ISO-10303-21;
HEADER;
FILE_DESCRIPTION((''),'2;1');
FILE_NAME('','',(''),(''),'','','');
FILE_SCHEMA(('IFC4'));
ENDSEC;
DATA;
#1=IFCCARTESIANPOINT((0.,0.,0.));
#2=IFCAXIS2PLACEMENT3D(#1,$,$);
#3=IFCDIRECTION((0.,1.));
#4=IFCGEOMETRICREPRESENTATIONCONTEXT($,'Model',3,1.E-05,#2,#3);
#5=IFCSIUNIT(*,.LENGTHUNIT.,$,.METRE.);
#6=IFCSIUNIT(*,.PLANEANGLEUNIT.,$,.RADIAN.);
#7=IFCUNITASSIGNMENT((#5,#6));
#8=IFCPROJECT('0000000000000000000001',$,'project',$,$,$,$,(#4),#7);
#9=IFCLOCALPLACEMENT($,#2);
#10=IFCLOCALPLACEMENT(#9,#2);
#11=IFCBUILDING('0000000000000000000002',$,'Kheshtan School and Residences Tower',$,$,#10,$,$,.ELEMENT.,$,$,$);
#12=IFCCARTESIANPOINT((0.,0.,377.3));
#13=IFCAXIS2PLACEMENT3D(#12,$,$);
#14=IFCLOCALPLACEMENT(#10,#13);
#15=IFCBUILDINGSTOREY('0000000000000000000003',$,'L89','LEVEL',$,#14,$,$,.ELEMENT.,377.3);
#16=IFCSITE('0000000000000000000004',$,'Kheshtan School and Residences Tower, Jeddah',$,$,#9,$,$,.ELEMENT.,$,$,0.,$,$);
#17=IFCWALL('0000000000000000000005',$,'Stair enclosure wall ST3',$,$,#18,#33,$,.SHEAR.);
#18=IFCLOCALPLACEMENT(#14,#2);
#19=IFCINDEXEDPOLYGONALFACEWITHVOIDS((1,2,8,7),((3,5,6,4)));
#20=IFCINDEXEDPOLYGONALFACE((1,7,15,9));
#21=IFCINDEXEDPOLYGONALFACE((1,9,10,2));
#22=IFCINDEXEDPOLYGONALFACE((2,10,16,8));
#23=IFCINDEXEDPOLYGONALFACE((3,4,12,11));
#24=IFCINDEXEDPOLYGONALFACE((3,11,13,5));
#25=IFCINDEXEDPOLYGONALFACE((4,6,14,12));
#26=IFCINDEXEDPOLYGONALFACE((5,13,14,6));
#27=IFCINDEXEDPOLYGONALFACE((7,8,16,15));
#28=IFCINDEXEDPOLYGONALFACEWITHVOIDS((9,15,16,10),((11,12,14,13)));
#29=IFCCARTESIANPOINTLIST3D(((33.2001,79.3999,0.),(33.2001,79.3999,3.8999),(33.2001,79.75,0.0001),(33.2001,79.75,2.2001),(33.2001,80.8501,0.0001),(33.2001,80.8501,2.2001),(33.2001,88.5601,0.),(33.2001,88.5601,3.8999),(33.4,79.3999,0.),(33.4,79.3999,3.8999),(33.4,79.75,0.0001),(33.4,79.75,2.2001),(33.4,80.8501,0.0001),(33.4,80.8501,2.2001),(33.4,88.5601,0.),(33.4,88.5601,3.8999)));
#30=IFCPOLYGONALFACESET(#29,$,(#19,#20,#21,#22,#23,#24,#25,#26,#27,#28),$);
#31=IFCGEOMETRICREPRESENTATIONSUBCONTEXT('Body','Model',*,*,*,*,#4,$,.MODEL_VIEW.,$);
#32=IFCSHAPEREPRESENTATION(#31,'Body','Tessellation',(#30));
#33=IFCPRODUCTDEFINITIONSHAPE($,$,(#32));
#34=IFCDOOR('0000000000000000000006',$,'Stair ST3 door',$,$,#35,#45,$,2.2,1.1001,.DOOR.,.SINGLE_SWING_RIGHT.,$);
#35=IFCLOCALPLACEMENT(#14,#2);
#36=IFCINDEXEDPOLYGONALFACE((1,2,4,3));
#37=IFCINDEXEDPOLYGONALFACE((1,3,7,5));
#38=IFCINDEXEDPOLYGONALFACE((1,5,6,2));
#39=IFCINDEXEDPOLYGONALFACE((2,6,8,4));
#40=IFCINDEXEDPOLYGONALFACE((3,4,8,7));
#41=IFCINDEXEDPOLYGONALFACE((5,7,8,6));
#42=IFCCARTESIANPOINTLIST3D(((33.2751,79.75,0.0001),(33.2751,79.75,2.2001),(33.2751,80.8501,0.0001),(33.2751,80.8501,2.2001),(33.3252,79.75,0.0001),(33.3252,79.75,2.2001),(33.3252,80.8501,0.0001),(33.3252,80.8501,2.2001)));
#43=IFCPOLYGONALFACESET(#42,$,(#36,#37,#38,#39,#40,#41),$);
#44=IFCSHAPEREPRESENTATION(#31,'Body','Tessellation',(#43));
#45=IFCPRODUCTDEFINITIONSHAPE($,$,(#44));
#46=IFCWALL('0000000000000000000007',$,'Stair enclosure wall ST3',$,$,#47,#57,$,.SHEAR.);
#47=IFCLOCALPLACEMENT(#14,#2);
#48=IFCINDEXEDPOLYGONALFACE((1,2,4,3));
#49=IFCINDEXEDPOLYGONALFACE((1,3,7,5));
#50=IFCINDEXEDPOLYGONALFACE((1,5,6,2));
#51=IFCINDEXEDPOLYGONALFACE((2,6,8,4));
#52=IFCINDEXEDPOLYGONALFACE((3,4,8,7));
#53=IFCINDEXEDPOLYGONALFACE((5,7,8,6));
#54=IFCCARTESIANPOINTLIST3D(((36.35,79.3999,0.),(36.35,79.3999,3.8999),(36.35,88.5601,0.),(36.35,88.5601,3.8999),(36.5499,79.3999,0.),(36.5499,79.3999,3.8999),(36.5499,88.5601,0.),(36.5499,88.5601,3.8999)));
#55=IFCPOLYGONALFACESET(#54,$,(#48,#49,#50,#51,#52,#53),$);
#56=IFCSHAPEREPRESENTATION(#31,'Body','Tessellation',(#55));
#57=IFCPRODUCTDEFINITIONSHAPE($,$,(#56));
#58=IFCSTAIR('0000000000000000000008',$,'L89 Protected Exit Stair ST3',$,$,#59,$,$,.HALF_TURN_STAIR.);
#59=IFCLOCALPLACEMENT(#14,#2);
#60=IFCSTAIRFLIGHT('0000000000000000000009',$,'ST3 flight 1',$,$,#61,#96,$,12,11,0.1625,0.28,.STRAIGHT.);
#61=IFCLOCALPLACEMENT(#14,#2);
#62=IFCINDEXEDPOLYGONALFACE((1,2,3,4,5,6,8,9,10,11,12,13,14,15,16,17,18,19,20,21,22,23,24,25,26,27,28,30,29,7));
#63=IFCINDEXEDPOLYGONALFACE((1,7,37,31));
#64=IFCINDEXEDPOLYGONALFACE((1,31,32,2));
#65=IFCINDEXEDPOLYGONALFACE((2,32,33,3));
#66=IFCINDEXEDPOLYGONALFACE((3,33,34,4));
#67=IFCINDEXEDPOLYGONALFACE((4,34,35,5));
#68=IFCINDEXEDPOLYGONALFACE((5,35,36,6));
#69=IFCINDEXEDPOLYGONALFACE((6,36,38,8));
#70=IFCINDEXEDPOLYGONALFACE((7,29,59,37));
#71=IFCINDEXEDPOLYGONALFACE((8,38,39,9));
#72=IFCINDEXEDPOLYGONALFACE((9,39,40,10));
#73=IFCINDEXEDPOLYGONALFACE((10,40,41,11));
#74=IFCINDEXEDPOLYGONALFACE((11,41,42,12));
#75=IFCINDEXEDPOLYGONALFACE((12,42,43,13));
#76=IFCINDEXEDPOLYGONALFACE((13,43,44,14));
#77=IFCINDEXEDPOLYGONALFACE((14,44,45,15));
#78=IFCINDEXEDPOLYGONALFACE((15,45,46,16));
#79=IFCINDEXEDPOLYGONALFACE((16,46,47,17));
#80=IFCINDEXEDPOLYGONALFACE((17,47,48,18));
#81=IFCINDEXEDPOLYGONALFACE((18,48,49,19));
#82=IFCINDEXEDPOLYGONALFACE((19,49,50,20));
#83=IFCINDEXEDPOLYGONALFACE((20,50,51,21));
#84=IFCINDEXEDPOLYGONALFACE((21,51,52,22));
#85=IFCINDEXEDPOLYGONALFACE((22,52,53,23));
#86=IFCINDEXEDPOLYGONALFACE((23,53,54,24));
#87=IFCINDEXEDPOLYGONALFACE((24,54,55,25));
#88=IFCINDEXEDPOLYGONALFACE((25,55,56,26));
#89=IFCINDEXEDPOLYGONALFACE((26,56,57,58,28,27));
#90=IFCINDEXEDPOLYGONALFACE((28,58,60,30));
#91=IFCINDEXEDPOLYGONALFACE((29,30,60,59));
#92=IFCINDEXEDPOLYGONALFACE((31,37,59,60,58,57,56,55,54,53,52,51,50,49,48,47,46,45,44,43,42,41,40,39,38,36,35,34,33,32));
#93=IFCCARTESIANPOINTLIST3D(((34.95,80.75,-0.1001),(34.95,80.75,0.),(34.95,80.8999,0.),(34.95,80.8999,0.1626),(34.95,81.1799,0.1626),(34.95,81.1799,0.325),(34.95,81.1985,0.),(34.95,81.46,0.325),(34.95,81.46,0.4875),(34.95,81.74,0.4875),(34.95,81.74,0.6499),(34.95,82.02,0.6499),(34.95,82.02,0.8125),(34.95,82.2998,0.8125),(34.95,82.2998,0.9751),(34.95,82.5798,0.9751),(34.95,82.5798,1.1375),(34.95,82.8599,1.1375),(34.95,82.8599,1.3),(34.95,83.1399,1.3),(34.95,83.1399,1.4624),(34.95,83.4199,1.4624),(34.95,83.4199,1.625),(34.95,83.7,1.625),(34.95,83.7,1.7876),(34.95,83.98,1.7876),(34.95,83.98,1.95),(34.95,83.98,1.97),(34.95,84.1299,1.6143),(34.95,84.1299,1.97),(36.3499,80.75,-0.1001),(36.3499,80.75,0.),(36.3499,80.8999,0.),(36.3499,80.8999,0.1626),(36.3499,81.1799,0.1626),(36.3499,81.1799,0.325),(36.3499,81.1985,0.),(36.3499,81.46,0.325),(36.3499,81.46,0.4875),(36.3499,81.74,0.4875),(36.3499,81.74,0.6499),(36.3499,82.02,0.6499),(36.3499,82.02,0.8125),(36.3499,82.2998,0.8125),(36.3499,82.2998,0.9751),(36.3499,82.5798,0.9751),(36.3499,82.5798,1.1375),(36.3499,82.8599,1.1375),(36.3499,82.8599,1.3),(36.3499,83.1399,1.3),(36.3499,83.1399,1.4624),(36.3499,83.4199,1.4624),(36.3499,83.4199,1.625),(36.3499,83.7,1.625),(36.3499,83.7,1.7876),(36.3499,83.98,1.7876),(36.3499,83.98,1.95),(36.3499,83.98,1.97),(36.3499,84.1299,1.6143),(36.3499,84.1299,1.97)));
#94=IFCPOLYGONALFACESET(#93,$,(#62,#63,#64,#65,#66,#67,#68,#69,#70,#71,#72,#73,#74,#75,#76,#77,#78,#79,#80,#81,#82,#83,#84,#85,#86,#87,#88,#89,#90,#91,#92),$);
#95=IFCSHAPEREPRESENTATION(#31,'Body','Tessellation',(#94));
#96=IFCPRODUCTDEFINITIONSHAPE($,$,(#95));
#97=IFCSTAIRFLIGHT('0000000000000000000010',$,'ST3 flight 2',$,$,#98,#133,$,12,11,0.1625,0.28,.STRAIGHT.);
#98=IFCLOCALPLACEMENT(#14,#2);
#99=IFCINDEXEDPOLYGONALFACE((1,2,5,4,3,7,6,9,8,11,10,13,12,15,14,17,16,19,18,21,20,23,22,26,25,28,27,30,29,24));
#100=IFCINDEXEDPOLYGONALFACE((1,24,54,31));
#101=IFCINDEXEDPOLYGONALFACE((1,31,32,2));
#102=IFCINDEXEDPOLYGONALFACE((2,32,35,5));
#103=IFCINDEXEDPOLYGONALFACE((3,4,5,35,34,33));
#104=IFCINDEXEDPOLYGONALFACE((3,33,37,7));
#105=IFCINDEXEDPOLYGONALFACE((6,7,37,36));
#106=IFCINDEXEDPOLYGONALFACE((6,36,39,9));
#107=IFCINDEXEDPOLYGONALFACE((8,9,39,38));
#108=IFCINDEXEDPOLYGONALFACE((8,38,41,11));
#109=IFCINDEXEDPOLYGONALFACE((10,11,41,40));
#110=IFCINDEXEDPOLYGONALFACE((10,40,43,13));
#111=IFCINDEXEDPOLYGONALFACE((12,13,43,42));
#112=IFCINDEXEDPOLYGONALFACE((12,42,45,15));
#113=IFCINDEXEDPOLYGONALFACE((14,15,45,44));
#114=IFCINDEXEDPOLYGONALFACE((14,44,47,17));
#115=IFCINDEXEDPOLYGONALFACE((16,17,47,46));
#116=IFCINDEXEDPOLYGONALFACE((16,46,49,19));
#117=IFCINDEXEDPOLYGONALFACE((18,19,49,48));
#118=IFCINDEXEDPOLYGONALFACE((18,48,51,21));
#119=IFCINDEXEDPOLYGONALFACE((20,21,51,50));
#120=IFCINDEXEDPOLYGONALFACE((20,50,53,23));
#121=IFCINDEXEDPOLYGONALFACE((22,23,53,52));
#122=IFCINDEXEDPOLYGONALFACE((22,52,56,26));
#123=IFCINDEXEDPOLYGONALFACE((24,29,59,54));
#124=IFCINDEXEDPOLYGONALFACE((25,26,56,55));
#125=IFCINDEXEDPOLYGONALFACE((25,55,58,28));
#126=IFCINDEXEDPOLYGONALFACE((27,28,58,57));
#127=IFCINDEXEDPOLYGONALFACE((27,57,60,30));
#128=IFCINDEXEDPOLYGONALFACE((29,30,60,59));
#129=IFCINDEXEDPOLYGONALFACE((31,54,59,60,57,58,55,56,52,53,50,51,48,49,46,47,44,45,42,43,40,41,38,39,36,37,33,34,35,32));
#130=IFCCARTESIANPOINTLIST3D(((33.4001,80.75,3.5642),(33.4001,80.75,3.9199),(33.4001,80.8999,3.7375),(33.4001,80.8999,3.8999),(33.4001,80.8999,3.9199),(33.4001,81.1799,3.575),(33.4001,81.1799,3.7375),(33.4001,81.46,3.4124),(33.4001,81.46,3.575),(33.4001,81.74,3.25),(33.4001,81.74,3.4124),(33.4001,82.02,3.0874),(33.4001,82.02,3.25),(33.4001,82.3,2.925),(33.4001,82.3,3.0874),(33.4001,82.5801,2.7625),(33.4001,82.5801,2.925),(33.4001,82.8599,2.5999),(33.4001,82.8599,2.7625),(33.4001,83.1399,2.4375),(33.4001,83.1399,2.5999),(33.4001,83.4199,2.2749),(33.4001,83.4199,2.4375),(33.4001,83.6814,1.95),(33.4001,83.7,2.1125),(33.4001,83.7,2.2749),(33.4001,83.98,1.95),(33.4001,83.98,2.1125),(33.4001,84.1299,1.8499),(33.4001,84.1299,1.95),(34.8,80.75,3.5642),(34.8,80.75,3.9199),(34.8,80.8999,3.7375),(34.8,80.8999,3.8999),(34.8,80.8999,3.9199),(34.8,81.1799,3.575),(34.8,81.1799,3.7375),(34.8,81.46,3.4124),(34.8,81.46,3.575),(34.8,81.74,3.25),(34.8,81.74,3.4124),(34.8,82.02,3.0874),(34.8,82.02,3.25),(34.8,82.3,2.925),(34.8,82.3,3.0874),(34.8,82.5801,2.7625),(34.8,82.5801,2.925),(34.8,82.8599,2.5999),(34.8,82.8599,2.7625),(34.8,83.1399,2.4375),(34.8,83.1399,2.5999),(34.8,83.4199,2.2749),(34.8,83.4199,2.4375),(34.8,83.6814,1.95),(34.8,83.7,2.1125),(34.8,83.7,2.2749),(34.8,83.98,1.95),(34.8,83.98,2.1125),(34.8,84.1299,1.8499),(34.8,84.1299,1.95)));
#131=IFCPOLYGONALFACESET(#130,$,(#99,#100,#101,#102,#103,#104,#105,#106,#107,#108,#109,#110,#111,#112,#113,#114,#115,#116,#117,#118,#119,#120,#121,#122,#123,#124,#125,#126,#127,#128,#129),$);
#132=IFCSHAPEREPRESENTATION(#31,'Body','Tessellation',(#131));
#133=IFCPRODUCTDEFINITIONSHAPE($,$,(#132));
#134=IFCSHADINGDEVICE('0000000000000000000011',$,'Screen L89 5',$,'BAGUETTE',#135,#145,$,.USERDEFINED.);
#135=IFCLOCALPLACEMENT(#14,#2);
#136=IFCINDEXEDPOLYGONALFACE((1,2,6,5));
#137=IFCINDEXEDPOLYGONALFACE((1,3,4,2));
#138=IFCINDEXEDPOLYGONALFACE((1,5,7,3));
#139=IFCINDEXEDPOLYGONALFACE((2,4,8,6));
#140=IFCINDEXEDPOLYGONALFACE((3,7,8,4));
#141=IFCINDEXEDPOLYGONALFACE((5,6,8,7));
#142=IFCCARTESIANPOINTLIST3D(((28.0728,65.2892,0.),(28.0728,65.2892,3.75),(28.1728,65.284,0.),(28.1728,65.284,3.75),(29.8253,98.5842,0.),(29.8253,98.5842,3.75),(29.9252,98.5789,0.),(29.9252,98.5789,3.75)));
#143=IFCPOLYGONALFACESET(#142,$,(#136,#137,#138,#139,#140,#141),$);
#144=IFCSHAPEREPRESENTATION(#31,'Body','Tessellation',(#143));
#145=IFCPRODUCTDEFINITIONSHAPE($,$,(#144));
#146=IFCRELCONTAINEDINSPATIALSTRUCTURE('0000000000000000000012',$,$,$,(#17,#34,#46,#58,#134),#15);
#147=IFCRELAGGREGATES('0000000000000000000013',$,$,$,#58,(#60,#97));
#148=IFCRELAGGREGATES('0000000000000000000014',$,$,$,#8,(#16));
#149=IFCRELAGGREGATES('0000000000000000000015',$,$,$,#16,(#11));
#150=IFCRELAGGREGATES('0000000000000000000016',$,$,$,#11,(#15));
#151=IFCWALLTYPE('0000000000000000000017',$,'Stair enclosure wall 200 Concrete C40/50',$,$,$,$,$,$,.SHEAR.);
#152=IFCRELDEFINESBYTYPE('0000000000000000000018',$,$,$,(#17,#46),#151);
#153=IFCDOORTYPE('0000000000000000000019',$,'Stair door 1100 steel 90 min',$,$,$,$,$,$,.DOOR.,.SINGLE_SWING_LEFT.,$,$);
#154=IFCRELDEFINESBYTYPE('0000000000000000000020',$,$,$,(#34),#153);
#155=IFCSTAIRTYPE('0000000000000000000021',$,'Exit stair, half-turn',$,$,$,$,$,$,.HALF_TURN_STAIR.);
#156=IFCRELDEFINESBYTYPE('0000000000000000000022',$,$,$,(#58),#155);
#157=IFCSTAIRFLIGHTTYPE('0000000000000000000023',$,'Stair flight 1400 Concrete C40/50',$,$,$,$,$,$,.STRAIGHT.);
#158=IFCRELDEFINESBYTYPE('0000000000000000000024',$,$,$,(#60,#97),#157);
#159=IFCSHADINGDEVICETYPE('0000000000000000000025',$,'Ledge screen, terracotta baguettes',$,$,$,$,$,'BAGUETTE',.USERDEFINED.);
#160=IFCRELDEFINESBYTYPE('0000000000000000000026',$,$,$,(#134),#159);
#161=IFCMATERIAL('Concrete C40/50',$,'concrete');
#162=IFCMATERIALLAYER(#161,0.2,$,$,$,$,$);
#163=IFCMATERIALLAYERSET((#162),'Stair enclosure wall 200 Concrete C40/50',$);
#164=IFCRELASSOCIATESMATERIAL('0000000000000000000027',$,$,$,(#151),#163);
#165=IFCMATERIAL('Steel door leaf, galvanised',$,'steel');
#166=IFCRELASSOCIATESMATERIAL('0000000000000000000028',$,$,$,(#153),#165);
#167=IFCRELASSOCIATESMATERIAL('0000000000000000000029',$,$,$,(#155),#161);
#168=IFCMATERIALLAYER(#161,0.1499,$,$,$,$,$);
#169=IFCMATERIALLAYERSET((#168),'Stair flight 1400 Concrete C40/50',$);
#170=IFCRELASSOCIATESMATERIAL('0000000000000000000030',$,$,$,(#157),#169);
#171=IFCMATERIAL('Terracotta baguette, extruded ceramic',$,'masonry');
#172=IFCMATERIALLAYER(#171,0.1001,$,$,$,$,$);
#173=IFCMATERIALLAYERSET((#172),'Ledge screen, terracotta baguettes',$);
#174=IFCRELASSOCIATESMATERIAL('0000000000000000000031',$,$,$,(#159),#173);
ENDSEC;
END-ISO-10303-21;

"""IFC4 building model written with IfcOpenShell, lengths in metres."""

from ifc_helpers import new_model, si_unit, direction, frame, frame_2d, origin, origin_2d, place, context, subcontext, project, spatial, polyline, rectangle, outline, extrude, source, transform, mapped, material, layer, layer_set, type_object, element, fill, aggregate, save


model = new_model("IFC4")

# Units and contexts
model_context = context("Model", 3, precision=1e-05, world=origin(), true_north=direction((0.0, 1.0)))
body_context = subcontext(model_context, "Body", "Model", "MODEL_VIEW")
ifc_project = project(units=[si_unit("LENGTHUNIT", "METRE"), si_unit("PLANEANGLEUNIT", "RADIAN")], contexts=[model_context])

# Site, building, storey
site_placement = place(None, origin())
site = spatial("IfcSite", under=ifc_project, at=site_placement, Name="Kheshtan School and Residences Tower, Jeddah", CompositionType="ELEMENT", RefElevation=0.0)
building_placement = place(site_placement, origin())
building = spatial("IfcBuilding", under=site, at=building_placement, Name="Kheshtan School and Residences Tower", CompositionType="ELEMENT")
storey_placement = place(building_placement, frame((0.0, 0.0, 377.3)))
storey = spatial("IfcBuildingStorey", under=building, at=storey_placement, Name="L89", Description="LEVEL", CompositionType="ELEMENT", Elevation=377.3)

# Shared definitions
ifc_material_1 = material(Name="Concrete C40/50", Category="concrete")
ifc_layer_1 = layer(ifc_material_1, 0.2)
ifc_layer_set_1 = layer_set([ifc_layer_1], Name="Stair enclosure wall 200 Concrete C40/50")
wall_type_1 = type_object("IfcWallType", Name="Stair enclosure wall 200 Concrete C40/50", PredefinedType="SHEAR", material=ifc_layer_set_1)

# Wall, opening, door
wall_1_placement = place(storey_placement, frame((33.3, 79.3999, 0.0), z_axis=(0.0, 0.0, 1.0), x_axis=(0.0, 1.0, 0.0)))
wall_1 = element("IfcWall", 1, at=wall_1_placement, inside=storey, type_object=wall_type_1, Name="Stair enclosure wall ST3", PredefinedType="SHEAR", context=body_context, shape_type="SweptSolid", body=[
    extrude(rectangle(XDim=9.1602, YDim=0.2, at=frame_2d((4.5801, 0.0))), origin(), (0.0, 0.0, 1.0), 3.8999),
])
opening_1_placement = place(wall_1_placement, frame((0.3501, 0.0, 0.0)))
opening_1 = element("IfcOpeningElement", 2, at=opening_1_placement, cuts=wall_1, PredefinedType="OPENING", context=body_context, shape_type="SweptSolid", body=[
    extrude(rectangle(XDim=1.1001, YDim=2.2, at=frame_2d((0.55, 1.1001))), frame((0.0, 0.1099, 0.0), z_axis=(0.0, -1.0, 0.0), x_axis=(1.0, 0.0, 0.0)), (0.0, 0.0, 1.0), 0.22),
])
ifc_material_2 = material(Name="Steel door leaf, galvanised", Category="steel")
door_type_1 = type_object("IfcDoorType", Name="Stair door 1100 steel 90 min", OperationType="SINGLE_SWING_LEFT", PredefinedType="DOOR", material=ifc_material_2)
shared_shape_1 = source(origin(), body_context, "Body", "SweptSolid", [
    extrude(rectangle(XDim=1.1001, YDim=2.2, at=frame_2d((0.55, 1.1001))), frame((0.0, 0.0249, 0.0), z_axis=(0.0, -1.0, 0.0), x_axis=(1.0, 0.0, 0.0)), (0.0, 0.0, 1.0), 0.05),
])
door_1_placement = place(opening_1_placement, origin())
door_1 = element("IfcDoor", 3, at=door_1_placement, inside=storey, type_object=door_type_1, Name="Stair ST3 door", OperationType="SINGLE_SWING_RIGHT", OverallHeight=2.2, OverallWidth=1.1001, PredefinedType="DOOR", context=body_context, shape_type="MappedRepresentation", body=[
    mapped(shared_shape_1, transform((0.0, 0.0, 0.0), x_axis=(1.0, 0.0, 0.0), y_axis=(0.0, 1.0, 0.0), z_axis=(0.0, 0.0, 1.0), scale=1.0)),
])
fill(opening_1, door_1)

# Wall
wall_2_placement = place(storey_placement, frame((36.45, 79.3999, 0.0), z_axis=(0.0, 0.0, 1.0), x_axis=(0.0, 1.0, 0.0)))
element("IfcWall", 4, at=wall_2_placement, inside=storey, type_object=wall_type_1, Name="Stair enclosure wall ST3", PredefinedType="SHEAR", context=body_context, shape_type="SweptSolid", body=[
    extrude(rectangle(XDim=9.1602, YDim=0.2, at=frame_2d((4.5801, 0.0))), origin(), (0.0, 0.0, 1.0), 3.8999),
])

# Stair, stair flights
stair_type = type_object("IfcStairType", Name="Exit stair, half-turn", PredefinedType="HALF_TURN_STAIR", material=ifc_material_1)
stair_placement = place(storey_placement, origin())
stair = element("IfcStair", 5, at=stair_placement, inside=storey, type_object=stair_type, Name="L89 Protected Exit Stair ST3", PredefinedType="HALF_TURN_STAIR")
ifc_layer_2 = layer(ifc_material_1, 0.1499)
ifc_layer_set_2 = layer_set([ifc_layer_2], Name="Stair flight 1400 Concrete C40/50")
stair_flight_type = type_object("IfcStairFlightType", Name="Stair flight 1400 Concrete C40/50", PredefinedType="STRAIGHT", material=ifc_layer_set_2)
stair_flight_1_placement = place(storey_placement, frame((35.6499, 80.8999, 0.0), z_axis=(0.0, 0.0, 1.0), x_axis=(0.0, 1.0, 0.0)))
stair_flight_1 = element("IfcStairFlight", 6, at=stair_flight_1_placement, type_object=stair_flight_type, Name="ST3 flight 1", NumberOfRisers=12, NumberOfTreads=11, PredefinedType="STRAIGHT", RiserHeight=0.1625, TreadLength=0.28, context=body_context, shape_type="SweptSolid", body=[
    extrude(outline(polyline([(-0.1499, -0.1001), (-0.1499, 0.0), (0.0, 0.0), (0.0, 0.1626), (0.28, 0.1626), (0.28, 0.325), (0.5601, 0.325), (0.5601, 0.4875), (0.8401, 0.4875), (0.8401, 0.6499), (1.1201, 0.6499), (1.1201, 0.8125), (1.3999, 0.8125), (1.3999, 0.9751), (1.6799, 0.9751), (1.6799, 1.1375), (1.96, 1.1375), (1.96, 1.3), (2.24, 1.3), (2.24, 1.4624), (2.52, 1.4624), (2.52, 1.625), (2.8, 1.625), (2.8, 1.7876), (3.0801, 1.7876), (3.0801, 1.95), (3.0801, 1.97), (3.23, 1.97), (3.23, 1.6143), (0.2986, 0.0), (-0.1499, -0.1001)])), frame((0.0, 0.7, 0.0), z_axis=(0.0, -1.0, 0.0), x_axis=(1.0, 0.0, 0.0)), (0.0, 0.0, 1.0), 1.3999),
])
stair_flight_2_placement = place(storey_placement, frame((34.1001, 83.98, 1.95), z_axis=(0.0, 0.0, 1.0), x_axis=(0.0, -1.0, 0.0)))
stair_flight_2 = element("IfcStairFlight", 7, at=stair_flight_2_placement, type_object=stair_flight_type, Name="ST3 flight 2", NumberOfRisers=12, NumberOfTreads=11, PredefinedType="STRAIGHT", RiserHeight=0.1625, TreadLength=0.28, context=body_context, shape_type="SweptSolid", body=[
    extrude(outline(polyline([(-0.1499, -0.1001), (-0.1499, 0.0), (0.0, 0.0), (0.0, 0.1626), (0.28, 0.1626), (0.28, 0.325), (0.5601, 0.325), (0.5601, 0.4875), (0.8401, 0.4875), (0.8401, 0.6499), (1.1201, 0.6499), (1.1201, 0.8125), (1.3999, 0.8125), (1.3999, 0.9751), (1.6799, 0.9751), (1.6799, 1.1375), (1.96, 1.1375), (1.96, 1.3), (2.24, 1.3), (2.24, 1.4624), (2.52, 1.4624), (2.52, 1.625), (2.8, 1.625), (2.8, 1.7876), (3.0801, 1.7876), (3.0801, 1.95), (3.0801, 1.97), (3.23, 1.97), (3.23, 1.6143), (0.2986, 0.0), (-0.1499, -0.1001)])), frame((0.0, 0.7, 0.0), z_axis=(0.0, -1.0, 0.0), x_axis=(1.0, 0.0, 0.0)), (0.0, 0.0, 1.0), 1.3999),
])
aggregate(stair, [stair_flight_1, stair_flight_2])

# Shading device
ifc_material_3 = material(Name="Terracotta baguette, extruded ceramic", Category="masonry")
ifc_layer_3 = layer(ifc_material_3, 0.1001)
ifc_layer_set_3 = layer_set([ifc_layer_3], Name="Ledge screen, terracotta baguettes")
shading_device_type = type_object("IfcShadingDeviceType", Name="Ledge screen, terracotta baguettes", ElementType="BAGUETTE", PredefinedType="USERDEFINED", material=ifc_layer_set_3)
shading_device_placement = place(storey_placement, frame((28.999, 81.9341, 0.0), z_axis=(0.0, 0.0, 1.0), x_axis=(0.052563, 0.998618, 0.0)))
element("IfcShadingDevice", 8, at=shading_device_placement, inside=storey, type_object=shading_device_type, Name="Screen L89 5", ObjectType="BAGUETTE", PredefinedType="USERDEFINED", context=body_context, shape_type="SweptSolid", body=[
    extrude(rectangle(XDim=33.3411, YDim=0.1001, at=origin_2d()), origin(), (0.0, 0.0, 1.0), 3.75),
])

save(model, "model.ifc")
